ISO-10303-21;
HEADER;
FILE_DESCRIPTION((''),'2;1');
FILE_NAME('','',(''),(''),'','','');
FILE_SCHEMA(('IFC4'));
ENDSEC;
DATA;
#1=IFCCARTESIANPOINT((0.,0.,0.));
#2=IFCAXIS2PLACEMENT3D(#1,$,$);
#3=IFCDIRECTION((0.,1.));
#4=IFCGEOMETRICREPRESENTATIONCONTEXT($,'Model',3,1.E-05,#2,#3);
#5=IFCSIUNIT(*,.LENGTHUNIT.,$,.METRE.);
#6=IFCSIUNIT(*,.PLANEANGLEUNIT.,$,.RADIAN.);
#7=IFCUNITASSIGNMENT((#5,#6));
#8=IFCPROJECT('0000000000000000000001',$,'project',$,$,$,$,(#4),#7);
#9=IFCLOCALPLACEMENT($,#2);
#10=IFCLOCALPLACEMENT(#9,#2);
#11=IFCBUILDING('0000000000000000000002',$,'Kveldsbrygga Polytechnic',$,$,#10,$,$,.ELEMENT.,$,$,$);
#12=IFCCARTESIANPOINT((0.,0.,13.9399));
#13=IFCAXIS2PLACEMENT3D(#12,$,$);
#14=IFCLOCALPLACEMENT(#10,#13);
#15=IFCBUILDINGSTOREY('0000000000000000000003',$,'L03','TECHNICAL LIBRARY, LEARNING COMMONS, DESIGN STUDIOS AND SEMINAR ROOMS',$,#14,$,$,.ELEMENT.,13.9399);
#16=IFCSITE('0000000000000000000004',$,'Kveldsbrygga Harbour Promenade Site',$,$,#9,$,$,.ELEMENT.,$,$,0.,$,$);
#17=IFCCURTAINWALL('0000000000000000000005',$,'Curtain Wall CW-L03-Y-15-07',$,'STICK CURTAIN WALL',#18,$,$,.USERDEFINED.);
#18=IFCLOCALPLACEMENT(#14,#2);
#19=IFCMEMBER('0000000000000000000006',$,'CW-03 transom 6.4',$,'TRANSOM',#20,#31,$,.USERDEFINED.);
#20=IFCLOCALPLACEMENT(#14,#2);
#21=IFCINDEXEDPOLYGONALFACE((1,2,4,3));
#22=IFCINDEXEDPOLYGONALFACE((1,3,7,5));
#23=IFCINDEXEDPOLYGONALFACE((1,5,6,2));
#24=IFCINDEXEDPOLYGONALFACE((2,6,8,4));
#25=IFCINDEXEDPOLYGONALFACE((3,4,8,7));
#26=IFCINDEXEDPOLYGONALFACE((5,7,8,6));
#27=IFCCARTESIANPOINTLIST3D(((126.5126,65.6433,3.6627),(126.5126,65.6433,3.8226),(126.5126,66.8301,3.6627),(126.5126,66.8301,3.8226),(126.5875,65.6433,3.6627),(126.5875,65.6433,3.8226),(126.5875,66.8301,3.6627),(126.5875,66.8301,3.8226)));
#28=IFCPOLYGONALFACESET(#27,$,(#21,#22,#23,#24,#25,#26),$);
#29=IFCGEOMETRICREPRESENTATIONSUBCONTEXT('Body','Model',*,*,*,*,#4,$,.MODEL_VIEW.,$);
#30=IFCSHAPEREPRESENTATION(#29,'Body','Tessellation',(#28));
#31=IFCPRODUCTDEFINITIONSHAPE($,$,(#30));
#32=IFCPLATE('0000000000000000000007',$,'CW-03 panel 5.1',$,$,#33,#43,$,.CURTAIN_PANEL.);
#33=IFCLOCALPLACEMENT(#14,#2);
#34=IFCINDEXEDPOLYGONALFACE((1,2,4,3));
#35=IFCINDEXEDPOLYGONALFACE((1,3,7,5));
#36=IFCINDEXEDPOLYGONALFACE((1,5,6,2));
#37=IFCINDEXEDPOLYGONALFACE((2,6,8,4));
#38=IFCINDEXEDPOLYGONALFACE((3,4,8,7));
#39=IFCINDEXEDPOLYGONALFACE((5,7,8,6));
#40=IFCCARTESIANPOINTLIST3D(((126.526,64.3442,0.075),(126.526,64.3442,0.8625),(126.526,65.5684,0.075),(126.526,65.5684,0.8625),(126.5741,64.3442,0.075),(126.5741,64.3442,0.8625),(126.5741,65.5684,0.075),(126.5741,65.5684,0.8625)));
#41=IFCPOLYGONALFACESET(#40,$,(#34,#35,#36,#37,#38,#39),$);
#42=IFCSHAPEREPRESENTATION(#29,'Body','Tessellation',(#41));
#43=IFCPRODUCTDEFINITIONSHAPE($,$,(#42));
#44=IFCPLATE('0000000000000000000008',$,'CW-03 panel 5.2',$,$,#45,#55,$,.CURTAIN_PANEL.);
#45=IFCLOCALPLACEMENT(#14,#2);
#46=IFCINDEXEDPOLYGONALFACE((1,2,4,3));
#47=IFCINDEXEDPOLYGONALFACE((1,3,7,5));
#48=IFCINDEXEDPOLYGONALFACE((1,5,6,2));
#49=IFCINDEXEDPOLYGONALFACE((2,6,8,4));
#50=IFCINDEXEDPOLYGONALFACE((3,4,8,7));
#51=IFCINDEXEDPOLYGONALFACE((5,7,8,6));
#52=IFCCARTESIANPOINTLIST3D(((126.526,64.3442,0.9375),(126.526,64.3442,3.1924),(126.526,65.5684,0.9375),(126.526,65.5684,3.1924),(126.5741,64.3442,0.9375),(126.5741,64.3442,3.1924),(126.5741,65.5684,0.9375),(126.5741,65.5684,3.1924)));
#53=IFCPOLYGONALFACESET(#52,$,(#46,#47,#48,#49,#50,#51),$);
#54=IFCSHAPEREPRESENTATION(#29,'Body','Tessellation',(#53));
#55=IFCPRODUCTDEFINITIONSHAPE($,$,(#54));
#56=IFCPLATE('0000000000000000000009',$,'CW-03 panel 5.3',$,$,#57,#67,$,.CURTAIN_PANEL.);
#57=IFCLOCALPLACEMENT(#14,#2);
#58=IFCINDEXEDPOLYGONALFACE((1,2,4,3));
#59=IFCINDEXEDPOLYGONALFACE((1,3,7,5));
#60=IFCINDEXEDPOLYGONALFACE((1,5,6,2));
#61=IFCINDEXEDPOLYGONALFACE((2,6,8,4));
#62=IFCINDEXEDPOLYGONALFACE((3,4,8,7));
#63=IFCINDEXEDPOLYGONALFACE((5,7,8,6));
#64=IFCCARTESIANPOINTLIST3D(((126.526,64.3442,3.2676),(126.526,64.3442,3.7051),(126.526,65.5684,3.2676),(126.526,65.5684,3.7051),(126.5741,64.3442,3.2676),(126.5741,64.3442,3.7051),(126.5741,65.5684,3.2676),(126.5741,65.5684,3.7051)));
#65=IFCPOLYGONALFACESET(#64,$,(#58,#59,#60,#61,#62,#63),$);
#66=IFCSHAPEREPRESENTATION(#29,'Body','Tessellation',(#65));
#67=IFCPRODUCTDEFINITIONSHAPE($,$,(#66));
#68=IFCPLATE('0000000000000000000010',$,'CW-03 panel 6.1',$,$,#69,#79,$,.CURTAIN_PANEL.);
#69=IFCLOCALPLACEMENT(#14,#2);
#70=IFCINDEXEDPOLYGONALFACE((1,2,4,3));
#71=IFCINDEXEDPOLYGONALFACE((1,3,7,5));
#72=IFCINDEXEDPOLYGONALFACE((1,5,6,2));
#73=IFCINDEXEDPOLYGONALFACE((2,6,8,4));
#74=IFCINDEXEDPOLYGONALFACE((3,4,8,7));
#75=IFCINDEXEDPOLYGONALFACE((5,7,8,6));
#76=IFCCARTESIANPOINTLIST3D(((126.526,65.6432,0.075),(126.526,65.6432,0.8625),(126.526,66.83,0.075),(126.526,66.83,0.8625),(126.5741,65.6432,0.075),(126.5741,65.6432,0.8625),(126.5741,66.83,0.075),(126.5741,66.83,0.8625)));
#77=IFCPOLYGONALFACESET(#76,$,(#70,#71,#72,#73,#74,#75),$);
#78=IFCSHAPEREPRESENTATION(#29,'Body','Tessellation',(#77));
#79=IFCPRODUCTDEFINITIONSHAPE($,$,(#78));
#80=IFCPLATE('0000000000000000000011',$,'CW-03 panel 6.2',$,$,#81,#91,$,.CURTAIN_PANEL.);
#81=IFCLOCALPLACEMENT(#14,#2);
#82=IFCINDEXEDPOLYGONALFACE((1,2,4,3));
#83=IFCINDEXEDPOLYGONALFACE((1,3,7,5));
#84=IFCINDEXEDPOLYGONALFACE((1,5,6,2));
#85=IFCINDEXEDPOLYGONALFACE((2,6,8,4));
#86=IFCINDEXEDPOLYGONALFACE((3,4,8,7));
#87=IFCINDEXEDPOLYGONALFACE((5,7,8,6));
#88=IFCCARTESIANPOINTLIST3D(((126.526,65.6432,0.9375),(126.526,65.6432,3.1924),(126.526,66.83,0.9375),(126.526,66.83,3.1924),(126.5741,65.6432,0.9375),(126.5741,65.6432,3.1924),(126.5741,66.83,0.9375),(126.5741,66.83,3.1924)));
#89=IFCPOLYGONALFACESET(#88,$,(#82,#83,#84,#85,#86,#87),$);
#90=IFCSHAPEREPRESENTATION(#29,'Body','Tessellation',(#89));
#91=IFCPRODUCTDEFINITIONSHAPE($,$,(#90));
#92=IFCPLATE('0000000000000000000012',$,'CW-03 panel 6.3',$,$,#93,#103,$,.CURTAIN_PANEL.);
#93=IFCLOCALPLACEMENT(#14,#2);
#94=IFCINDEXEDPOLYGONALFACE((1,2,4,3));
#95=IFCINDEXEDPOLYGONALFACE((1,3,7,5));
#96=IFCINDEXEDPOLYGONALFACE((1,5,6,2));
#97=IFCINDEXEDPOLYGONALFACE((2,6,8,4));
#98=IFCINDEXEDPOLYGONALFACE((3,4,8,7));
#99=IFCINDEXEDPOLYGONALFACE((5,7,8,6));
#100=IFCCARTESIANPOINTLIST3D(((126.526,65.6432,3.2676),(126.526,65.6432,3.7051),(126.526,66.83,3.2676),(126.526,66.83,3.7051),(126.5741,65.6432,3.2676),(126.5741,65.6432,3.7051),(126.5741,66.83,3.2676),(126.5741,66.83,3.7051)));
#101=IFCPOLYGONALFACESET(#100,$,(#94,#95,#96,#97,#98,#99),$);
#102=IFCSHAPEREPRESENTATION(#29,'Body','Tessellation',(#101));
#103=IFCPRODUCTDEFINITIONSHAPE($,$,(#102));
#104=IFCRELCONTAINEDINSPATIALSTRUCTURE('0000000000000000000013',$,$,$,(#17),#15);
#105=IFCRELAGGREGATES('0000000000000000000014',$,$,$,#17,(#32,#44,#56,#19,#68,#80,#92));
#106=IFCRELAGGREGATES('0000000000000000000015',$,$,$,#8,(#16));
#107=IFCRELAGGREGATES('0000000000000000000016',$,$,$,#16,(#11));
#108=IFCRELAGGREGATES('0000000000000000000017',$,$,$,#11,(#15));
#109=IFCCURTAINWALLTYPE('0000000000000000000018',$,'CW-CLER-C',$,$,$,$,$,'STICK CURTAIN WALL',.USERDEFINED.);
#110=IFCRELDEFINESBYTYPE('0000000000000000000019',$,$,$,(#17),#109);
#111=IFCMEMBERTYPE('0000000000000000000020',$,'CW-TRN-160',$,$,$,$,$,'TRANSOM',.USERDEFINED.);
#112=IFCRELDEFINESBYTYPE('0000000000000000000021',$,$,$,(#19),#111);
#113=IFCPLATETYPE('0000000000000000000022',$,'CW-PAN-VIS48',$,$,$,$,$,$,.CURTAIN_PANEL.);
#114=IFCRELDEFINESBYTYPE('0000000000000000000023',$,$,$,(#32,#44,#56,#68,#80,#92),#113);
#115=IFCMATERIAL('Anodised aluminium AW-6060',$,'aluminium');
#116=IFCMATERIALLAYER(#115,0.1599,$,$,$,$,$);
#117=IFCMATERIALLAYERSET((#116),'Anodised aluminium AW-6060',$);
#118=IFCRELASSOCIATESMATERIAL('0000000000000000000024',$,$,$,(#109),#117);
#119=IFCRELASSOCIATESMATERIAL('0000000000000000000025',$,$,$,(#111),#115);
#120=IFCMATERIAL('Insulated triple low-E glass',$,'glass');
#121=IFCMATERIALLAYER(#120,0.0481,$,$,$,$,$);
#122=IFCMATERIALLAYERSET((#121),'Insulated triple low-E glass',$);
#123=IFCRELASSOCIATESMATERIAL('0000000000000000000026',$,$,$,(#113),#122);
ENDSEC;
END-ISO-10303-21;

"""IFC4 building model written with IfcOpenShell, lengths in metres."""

from ifc_helpers import new_model, si_unit, direction, frame, origin, origin_2d, place, context, subcontext, project, spatial, rectangle, extrude, material, layer, layer_set, material_profile, profile_set, type_object, element, aggregate, save


model = new_model("IFC4")

# Units and contexts
model_context = context("Model", 3, precision=1e-05, world=origin(), true_north=direction((0.0, 1.0)))
body_context = subcontext(model_context, "Body", "Model", "MODEL_VIEW")
ifc_project = project(units=[si_unit("LENGTHUNIT", "METRE"), si_unit("PLANEANGLEUNIT", "RADIAN")], contexts=[model_context])

# Site, building, storey
site_placement = place(None, origin())
site = spatial("IfcSite", under=ifc_project, at=site_placement, Name="Kveldsbrygga Harbour Promenade Site", CompositionType="ELEMENT", RefElevation=0.0)
building_placement = place(site_placement, origin())
building = spatial("IfcBuilding", under=site, at=building_placement, Name="Kveldsbrygga Polytechnic", CompositionType="ELEMENT")
storey_placement = place(building_placement, frame((0.0, 0.0, 13.9399)))
storey = spatial("IfcBuildingStorey", under=building, at=storey_placement, Name="L03", Description="TECHNICAL LIBRARY, LEARNING COMMONS, DESIGN STUDIOS AND SEMINAR ROOMS", CompositionType="ELEMENT", Elevation=13.9399)

# Curtain wall
ifc_material_1 = material(Name="Anodised aluminium AW-6060", Category="aluminium")
ifc_layer_1 = layer(ifc_material_1, 0.1599)
ifc_layer_set_1 = layer_set([ifc_layer_1], Name="Anodised aluminium AW-6060")
curtain_wall_type_1 = type_object("IfcCurtainWallType", Name="CW-CLER-C", ElementType="STICK CURTAIN WALL", PredefinedType="USERDEFINED", material=ifc_layer_set_1)
curtain_wall_1_placement = place(storey_placement, origin())
curtain_wall_1 = element("IfcCurtainWall", 1, at=curtain_wall_1_placement, inside=storey, type_object=curtain_wall_type_1, Name="Curtain Wall CW-L03-Y-15-07", ObjectType="STICK CURTAIN WALL", PredefinedType="USERDEFINED")

# Member
ifc_material_profile_1 = material_profile(ifc_material_1, rectangle(XDim=0.075, YDim=0.1599, at=origin_2d()), Name="ALU 75x160")
ifc_profile_set_1 = profile_set([ifc_material_profile_1], Name="Anodised aluminium AW-6060")
member_type_1 = type_object("IfcMemberType", Name="CW-TRN-160", ElementType="TRANSOM", PredefinedType="USERDEFINED", material=ifc_profile_set_1)
member_1_placement = place(storey_placement, frame((126.55, 65.6433, 3.7427), z_axis=(0.0, 1.0, 0.0), x_axis=(-1.0, 0.0, 0.0)))
member_1 = element("IfcMember", 2, at=member_1_placement, type_object=member_type_1, Name="CW-03 transom 6.4", ObjectType="TRANSOM", PredefinedType="USERDEFINED", context=body_context, shape_type="SweptSolid", body=[
    extrude(rectangle(XDim=0.075, YDim=0.1599, at=origin_2d()), origin(), (0.0, 0.0, 1.0), 1.1868),
])

# Plates
ifc_material_2 = material(Name="Insulated triple low-E glass", Category="glass")
ifc_layer_2 = layer(ifc_material_2, 0.0481)
ifc_layer_set_2 = layer_set([ifc_layer_2], Name="Insulated triple low-E glass")
plate_type = type_object("IfcPlateType", Name="CW-PAN-VIS48", PredefinedType="CURTAIN_PANEL", material=ifc_layer_set_2)
plate_1_placement = place(storey_placement, frame((126.55, 64.9563, 0.075), z_axis=(0.0, 0.0, 1.0), x_axis=(0.0, 1.0, 0.0)))
plate_1 = element("IfcPlate", 3, at=plate_1_placement, type_object=plate_type, Name="CW-03 panel 5.1", PredefinedType="CURTAIN_PANEL", context=body_context, shape_type="SweptSolid", body=[
    extrude(rectangle(XDim=1.2241, YDim=0.0481, at=origin_2d()), origin(), (0.0, 0.0, 1.0), 0.7876),
])
plate_2_placement = place(storey_placement, frame((126.55, 64.9563, 0.9375), z_axis=(0.0, 0.0, 1.0), x_axis=(0.0, 1.0, 0.0)))
plate_2 = element("IfcPlate", 4, at=plate_2_placement, type_object=plate_type, Name="CW-03 panel 5.2", PredefinedType="CURTAIN_PANEL", context=body_context, shape_type="SweptSolid", body=[
    extrude(rectangle(XDim=1.2241, YDim=0.0481, at=origin_2d()), origin(), (0.0, 0.0, 1.0), 2.2549),
])
plate_3_placement = place(storey_placement, frame((126.55, 64.9563, 3.2676), z_axis=(0.0, 0.0, 1.0), x_axis=(0.0, 1.0, 0.0)))
plate_3 = element("IfcPlate", 5, at=plate_3_placement, type_object=plate_type, Name="CW-03 panel 5.3", PredefinedType="CURTAIN_PANEL", context=body_context, shape_type="SweptSolid", body=[
    extrude(rectangle(XDim=1.2241, YDim=0.0481, at=origin_2d()), origin(), (0.0, 0.0, 1.0), 0.4375),
])
plate_4_placement = place(storey_placement, frame((126.55, 66.2366, 0.075), z_axis=(0.0, 0.0, 1.0), x_axis=(0.0, 1.0, 0.0)))
plate_4 = element("IfcPlate", 6, at=plate_4_placement, type_object=plate_type, Name="CW-03 panel 6.1", PredefinedType="CURTAIN_PANEL", context=body_context, shape_type="SweptSolid", body=[
    extrude(rectangle(XDim=1.1868, YDim=0.0481, at=origin_2d()), origin(), (0.0, 0.0, 1.0), 0.7876),
])
plate_5_placement = place(storey_placement, frame((126.55, 66.2366, 0.9375), z_axis=(0.0, 0.0, 1.0), x_axis=(0.0, 1.0, 0.0)))
plate_5 = element("IfcPlate", 7, at=plate_5_placement, type_object=plate_type, Name="CW-03 panel 6.2", PredefinedType="CURTAIN_PANEL", context=body_context, shape_type="SweptSolid", body=[
    extrude(rectangle(XDim=1.1868, YDim=0.0481, at=origin_2d()), origin(), (0.0, 0.0, 1.0), 2.2549),
])
plate_6_placement = place(storey_placement, frame((126.55, 66.2366, 3.2676), z_axis=(0.0, 0.0, 1.0), x_axis=(0.0, 1.0, 0.0)))
plate_6 = element("IfcPlate", 8, at=plate_6_placement, type_object=plate_type, Name="CW-03 panel 6.3", PredefinedType="CURTAIN_PANEL", context=body_context, shape_type="SweptSolid", body=[
    extrude(rectangle(XDim=1.1868, YDim=0.0481, at=origin_2d()), origin(), (0.0, 0.0, 1.0), 0.4375),
])
aggregate(curtain_wall_1, [plate_1, plate_2, plate_3, member_1, plate_4, plate_5, plate_6])

save(model, "model.ifc")
